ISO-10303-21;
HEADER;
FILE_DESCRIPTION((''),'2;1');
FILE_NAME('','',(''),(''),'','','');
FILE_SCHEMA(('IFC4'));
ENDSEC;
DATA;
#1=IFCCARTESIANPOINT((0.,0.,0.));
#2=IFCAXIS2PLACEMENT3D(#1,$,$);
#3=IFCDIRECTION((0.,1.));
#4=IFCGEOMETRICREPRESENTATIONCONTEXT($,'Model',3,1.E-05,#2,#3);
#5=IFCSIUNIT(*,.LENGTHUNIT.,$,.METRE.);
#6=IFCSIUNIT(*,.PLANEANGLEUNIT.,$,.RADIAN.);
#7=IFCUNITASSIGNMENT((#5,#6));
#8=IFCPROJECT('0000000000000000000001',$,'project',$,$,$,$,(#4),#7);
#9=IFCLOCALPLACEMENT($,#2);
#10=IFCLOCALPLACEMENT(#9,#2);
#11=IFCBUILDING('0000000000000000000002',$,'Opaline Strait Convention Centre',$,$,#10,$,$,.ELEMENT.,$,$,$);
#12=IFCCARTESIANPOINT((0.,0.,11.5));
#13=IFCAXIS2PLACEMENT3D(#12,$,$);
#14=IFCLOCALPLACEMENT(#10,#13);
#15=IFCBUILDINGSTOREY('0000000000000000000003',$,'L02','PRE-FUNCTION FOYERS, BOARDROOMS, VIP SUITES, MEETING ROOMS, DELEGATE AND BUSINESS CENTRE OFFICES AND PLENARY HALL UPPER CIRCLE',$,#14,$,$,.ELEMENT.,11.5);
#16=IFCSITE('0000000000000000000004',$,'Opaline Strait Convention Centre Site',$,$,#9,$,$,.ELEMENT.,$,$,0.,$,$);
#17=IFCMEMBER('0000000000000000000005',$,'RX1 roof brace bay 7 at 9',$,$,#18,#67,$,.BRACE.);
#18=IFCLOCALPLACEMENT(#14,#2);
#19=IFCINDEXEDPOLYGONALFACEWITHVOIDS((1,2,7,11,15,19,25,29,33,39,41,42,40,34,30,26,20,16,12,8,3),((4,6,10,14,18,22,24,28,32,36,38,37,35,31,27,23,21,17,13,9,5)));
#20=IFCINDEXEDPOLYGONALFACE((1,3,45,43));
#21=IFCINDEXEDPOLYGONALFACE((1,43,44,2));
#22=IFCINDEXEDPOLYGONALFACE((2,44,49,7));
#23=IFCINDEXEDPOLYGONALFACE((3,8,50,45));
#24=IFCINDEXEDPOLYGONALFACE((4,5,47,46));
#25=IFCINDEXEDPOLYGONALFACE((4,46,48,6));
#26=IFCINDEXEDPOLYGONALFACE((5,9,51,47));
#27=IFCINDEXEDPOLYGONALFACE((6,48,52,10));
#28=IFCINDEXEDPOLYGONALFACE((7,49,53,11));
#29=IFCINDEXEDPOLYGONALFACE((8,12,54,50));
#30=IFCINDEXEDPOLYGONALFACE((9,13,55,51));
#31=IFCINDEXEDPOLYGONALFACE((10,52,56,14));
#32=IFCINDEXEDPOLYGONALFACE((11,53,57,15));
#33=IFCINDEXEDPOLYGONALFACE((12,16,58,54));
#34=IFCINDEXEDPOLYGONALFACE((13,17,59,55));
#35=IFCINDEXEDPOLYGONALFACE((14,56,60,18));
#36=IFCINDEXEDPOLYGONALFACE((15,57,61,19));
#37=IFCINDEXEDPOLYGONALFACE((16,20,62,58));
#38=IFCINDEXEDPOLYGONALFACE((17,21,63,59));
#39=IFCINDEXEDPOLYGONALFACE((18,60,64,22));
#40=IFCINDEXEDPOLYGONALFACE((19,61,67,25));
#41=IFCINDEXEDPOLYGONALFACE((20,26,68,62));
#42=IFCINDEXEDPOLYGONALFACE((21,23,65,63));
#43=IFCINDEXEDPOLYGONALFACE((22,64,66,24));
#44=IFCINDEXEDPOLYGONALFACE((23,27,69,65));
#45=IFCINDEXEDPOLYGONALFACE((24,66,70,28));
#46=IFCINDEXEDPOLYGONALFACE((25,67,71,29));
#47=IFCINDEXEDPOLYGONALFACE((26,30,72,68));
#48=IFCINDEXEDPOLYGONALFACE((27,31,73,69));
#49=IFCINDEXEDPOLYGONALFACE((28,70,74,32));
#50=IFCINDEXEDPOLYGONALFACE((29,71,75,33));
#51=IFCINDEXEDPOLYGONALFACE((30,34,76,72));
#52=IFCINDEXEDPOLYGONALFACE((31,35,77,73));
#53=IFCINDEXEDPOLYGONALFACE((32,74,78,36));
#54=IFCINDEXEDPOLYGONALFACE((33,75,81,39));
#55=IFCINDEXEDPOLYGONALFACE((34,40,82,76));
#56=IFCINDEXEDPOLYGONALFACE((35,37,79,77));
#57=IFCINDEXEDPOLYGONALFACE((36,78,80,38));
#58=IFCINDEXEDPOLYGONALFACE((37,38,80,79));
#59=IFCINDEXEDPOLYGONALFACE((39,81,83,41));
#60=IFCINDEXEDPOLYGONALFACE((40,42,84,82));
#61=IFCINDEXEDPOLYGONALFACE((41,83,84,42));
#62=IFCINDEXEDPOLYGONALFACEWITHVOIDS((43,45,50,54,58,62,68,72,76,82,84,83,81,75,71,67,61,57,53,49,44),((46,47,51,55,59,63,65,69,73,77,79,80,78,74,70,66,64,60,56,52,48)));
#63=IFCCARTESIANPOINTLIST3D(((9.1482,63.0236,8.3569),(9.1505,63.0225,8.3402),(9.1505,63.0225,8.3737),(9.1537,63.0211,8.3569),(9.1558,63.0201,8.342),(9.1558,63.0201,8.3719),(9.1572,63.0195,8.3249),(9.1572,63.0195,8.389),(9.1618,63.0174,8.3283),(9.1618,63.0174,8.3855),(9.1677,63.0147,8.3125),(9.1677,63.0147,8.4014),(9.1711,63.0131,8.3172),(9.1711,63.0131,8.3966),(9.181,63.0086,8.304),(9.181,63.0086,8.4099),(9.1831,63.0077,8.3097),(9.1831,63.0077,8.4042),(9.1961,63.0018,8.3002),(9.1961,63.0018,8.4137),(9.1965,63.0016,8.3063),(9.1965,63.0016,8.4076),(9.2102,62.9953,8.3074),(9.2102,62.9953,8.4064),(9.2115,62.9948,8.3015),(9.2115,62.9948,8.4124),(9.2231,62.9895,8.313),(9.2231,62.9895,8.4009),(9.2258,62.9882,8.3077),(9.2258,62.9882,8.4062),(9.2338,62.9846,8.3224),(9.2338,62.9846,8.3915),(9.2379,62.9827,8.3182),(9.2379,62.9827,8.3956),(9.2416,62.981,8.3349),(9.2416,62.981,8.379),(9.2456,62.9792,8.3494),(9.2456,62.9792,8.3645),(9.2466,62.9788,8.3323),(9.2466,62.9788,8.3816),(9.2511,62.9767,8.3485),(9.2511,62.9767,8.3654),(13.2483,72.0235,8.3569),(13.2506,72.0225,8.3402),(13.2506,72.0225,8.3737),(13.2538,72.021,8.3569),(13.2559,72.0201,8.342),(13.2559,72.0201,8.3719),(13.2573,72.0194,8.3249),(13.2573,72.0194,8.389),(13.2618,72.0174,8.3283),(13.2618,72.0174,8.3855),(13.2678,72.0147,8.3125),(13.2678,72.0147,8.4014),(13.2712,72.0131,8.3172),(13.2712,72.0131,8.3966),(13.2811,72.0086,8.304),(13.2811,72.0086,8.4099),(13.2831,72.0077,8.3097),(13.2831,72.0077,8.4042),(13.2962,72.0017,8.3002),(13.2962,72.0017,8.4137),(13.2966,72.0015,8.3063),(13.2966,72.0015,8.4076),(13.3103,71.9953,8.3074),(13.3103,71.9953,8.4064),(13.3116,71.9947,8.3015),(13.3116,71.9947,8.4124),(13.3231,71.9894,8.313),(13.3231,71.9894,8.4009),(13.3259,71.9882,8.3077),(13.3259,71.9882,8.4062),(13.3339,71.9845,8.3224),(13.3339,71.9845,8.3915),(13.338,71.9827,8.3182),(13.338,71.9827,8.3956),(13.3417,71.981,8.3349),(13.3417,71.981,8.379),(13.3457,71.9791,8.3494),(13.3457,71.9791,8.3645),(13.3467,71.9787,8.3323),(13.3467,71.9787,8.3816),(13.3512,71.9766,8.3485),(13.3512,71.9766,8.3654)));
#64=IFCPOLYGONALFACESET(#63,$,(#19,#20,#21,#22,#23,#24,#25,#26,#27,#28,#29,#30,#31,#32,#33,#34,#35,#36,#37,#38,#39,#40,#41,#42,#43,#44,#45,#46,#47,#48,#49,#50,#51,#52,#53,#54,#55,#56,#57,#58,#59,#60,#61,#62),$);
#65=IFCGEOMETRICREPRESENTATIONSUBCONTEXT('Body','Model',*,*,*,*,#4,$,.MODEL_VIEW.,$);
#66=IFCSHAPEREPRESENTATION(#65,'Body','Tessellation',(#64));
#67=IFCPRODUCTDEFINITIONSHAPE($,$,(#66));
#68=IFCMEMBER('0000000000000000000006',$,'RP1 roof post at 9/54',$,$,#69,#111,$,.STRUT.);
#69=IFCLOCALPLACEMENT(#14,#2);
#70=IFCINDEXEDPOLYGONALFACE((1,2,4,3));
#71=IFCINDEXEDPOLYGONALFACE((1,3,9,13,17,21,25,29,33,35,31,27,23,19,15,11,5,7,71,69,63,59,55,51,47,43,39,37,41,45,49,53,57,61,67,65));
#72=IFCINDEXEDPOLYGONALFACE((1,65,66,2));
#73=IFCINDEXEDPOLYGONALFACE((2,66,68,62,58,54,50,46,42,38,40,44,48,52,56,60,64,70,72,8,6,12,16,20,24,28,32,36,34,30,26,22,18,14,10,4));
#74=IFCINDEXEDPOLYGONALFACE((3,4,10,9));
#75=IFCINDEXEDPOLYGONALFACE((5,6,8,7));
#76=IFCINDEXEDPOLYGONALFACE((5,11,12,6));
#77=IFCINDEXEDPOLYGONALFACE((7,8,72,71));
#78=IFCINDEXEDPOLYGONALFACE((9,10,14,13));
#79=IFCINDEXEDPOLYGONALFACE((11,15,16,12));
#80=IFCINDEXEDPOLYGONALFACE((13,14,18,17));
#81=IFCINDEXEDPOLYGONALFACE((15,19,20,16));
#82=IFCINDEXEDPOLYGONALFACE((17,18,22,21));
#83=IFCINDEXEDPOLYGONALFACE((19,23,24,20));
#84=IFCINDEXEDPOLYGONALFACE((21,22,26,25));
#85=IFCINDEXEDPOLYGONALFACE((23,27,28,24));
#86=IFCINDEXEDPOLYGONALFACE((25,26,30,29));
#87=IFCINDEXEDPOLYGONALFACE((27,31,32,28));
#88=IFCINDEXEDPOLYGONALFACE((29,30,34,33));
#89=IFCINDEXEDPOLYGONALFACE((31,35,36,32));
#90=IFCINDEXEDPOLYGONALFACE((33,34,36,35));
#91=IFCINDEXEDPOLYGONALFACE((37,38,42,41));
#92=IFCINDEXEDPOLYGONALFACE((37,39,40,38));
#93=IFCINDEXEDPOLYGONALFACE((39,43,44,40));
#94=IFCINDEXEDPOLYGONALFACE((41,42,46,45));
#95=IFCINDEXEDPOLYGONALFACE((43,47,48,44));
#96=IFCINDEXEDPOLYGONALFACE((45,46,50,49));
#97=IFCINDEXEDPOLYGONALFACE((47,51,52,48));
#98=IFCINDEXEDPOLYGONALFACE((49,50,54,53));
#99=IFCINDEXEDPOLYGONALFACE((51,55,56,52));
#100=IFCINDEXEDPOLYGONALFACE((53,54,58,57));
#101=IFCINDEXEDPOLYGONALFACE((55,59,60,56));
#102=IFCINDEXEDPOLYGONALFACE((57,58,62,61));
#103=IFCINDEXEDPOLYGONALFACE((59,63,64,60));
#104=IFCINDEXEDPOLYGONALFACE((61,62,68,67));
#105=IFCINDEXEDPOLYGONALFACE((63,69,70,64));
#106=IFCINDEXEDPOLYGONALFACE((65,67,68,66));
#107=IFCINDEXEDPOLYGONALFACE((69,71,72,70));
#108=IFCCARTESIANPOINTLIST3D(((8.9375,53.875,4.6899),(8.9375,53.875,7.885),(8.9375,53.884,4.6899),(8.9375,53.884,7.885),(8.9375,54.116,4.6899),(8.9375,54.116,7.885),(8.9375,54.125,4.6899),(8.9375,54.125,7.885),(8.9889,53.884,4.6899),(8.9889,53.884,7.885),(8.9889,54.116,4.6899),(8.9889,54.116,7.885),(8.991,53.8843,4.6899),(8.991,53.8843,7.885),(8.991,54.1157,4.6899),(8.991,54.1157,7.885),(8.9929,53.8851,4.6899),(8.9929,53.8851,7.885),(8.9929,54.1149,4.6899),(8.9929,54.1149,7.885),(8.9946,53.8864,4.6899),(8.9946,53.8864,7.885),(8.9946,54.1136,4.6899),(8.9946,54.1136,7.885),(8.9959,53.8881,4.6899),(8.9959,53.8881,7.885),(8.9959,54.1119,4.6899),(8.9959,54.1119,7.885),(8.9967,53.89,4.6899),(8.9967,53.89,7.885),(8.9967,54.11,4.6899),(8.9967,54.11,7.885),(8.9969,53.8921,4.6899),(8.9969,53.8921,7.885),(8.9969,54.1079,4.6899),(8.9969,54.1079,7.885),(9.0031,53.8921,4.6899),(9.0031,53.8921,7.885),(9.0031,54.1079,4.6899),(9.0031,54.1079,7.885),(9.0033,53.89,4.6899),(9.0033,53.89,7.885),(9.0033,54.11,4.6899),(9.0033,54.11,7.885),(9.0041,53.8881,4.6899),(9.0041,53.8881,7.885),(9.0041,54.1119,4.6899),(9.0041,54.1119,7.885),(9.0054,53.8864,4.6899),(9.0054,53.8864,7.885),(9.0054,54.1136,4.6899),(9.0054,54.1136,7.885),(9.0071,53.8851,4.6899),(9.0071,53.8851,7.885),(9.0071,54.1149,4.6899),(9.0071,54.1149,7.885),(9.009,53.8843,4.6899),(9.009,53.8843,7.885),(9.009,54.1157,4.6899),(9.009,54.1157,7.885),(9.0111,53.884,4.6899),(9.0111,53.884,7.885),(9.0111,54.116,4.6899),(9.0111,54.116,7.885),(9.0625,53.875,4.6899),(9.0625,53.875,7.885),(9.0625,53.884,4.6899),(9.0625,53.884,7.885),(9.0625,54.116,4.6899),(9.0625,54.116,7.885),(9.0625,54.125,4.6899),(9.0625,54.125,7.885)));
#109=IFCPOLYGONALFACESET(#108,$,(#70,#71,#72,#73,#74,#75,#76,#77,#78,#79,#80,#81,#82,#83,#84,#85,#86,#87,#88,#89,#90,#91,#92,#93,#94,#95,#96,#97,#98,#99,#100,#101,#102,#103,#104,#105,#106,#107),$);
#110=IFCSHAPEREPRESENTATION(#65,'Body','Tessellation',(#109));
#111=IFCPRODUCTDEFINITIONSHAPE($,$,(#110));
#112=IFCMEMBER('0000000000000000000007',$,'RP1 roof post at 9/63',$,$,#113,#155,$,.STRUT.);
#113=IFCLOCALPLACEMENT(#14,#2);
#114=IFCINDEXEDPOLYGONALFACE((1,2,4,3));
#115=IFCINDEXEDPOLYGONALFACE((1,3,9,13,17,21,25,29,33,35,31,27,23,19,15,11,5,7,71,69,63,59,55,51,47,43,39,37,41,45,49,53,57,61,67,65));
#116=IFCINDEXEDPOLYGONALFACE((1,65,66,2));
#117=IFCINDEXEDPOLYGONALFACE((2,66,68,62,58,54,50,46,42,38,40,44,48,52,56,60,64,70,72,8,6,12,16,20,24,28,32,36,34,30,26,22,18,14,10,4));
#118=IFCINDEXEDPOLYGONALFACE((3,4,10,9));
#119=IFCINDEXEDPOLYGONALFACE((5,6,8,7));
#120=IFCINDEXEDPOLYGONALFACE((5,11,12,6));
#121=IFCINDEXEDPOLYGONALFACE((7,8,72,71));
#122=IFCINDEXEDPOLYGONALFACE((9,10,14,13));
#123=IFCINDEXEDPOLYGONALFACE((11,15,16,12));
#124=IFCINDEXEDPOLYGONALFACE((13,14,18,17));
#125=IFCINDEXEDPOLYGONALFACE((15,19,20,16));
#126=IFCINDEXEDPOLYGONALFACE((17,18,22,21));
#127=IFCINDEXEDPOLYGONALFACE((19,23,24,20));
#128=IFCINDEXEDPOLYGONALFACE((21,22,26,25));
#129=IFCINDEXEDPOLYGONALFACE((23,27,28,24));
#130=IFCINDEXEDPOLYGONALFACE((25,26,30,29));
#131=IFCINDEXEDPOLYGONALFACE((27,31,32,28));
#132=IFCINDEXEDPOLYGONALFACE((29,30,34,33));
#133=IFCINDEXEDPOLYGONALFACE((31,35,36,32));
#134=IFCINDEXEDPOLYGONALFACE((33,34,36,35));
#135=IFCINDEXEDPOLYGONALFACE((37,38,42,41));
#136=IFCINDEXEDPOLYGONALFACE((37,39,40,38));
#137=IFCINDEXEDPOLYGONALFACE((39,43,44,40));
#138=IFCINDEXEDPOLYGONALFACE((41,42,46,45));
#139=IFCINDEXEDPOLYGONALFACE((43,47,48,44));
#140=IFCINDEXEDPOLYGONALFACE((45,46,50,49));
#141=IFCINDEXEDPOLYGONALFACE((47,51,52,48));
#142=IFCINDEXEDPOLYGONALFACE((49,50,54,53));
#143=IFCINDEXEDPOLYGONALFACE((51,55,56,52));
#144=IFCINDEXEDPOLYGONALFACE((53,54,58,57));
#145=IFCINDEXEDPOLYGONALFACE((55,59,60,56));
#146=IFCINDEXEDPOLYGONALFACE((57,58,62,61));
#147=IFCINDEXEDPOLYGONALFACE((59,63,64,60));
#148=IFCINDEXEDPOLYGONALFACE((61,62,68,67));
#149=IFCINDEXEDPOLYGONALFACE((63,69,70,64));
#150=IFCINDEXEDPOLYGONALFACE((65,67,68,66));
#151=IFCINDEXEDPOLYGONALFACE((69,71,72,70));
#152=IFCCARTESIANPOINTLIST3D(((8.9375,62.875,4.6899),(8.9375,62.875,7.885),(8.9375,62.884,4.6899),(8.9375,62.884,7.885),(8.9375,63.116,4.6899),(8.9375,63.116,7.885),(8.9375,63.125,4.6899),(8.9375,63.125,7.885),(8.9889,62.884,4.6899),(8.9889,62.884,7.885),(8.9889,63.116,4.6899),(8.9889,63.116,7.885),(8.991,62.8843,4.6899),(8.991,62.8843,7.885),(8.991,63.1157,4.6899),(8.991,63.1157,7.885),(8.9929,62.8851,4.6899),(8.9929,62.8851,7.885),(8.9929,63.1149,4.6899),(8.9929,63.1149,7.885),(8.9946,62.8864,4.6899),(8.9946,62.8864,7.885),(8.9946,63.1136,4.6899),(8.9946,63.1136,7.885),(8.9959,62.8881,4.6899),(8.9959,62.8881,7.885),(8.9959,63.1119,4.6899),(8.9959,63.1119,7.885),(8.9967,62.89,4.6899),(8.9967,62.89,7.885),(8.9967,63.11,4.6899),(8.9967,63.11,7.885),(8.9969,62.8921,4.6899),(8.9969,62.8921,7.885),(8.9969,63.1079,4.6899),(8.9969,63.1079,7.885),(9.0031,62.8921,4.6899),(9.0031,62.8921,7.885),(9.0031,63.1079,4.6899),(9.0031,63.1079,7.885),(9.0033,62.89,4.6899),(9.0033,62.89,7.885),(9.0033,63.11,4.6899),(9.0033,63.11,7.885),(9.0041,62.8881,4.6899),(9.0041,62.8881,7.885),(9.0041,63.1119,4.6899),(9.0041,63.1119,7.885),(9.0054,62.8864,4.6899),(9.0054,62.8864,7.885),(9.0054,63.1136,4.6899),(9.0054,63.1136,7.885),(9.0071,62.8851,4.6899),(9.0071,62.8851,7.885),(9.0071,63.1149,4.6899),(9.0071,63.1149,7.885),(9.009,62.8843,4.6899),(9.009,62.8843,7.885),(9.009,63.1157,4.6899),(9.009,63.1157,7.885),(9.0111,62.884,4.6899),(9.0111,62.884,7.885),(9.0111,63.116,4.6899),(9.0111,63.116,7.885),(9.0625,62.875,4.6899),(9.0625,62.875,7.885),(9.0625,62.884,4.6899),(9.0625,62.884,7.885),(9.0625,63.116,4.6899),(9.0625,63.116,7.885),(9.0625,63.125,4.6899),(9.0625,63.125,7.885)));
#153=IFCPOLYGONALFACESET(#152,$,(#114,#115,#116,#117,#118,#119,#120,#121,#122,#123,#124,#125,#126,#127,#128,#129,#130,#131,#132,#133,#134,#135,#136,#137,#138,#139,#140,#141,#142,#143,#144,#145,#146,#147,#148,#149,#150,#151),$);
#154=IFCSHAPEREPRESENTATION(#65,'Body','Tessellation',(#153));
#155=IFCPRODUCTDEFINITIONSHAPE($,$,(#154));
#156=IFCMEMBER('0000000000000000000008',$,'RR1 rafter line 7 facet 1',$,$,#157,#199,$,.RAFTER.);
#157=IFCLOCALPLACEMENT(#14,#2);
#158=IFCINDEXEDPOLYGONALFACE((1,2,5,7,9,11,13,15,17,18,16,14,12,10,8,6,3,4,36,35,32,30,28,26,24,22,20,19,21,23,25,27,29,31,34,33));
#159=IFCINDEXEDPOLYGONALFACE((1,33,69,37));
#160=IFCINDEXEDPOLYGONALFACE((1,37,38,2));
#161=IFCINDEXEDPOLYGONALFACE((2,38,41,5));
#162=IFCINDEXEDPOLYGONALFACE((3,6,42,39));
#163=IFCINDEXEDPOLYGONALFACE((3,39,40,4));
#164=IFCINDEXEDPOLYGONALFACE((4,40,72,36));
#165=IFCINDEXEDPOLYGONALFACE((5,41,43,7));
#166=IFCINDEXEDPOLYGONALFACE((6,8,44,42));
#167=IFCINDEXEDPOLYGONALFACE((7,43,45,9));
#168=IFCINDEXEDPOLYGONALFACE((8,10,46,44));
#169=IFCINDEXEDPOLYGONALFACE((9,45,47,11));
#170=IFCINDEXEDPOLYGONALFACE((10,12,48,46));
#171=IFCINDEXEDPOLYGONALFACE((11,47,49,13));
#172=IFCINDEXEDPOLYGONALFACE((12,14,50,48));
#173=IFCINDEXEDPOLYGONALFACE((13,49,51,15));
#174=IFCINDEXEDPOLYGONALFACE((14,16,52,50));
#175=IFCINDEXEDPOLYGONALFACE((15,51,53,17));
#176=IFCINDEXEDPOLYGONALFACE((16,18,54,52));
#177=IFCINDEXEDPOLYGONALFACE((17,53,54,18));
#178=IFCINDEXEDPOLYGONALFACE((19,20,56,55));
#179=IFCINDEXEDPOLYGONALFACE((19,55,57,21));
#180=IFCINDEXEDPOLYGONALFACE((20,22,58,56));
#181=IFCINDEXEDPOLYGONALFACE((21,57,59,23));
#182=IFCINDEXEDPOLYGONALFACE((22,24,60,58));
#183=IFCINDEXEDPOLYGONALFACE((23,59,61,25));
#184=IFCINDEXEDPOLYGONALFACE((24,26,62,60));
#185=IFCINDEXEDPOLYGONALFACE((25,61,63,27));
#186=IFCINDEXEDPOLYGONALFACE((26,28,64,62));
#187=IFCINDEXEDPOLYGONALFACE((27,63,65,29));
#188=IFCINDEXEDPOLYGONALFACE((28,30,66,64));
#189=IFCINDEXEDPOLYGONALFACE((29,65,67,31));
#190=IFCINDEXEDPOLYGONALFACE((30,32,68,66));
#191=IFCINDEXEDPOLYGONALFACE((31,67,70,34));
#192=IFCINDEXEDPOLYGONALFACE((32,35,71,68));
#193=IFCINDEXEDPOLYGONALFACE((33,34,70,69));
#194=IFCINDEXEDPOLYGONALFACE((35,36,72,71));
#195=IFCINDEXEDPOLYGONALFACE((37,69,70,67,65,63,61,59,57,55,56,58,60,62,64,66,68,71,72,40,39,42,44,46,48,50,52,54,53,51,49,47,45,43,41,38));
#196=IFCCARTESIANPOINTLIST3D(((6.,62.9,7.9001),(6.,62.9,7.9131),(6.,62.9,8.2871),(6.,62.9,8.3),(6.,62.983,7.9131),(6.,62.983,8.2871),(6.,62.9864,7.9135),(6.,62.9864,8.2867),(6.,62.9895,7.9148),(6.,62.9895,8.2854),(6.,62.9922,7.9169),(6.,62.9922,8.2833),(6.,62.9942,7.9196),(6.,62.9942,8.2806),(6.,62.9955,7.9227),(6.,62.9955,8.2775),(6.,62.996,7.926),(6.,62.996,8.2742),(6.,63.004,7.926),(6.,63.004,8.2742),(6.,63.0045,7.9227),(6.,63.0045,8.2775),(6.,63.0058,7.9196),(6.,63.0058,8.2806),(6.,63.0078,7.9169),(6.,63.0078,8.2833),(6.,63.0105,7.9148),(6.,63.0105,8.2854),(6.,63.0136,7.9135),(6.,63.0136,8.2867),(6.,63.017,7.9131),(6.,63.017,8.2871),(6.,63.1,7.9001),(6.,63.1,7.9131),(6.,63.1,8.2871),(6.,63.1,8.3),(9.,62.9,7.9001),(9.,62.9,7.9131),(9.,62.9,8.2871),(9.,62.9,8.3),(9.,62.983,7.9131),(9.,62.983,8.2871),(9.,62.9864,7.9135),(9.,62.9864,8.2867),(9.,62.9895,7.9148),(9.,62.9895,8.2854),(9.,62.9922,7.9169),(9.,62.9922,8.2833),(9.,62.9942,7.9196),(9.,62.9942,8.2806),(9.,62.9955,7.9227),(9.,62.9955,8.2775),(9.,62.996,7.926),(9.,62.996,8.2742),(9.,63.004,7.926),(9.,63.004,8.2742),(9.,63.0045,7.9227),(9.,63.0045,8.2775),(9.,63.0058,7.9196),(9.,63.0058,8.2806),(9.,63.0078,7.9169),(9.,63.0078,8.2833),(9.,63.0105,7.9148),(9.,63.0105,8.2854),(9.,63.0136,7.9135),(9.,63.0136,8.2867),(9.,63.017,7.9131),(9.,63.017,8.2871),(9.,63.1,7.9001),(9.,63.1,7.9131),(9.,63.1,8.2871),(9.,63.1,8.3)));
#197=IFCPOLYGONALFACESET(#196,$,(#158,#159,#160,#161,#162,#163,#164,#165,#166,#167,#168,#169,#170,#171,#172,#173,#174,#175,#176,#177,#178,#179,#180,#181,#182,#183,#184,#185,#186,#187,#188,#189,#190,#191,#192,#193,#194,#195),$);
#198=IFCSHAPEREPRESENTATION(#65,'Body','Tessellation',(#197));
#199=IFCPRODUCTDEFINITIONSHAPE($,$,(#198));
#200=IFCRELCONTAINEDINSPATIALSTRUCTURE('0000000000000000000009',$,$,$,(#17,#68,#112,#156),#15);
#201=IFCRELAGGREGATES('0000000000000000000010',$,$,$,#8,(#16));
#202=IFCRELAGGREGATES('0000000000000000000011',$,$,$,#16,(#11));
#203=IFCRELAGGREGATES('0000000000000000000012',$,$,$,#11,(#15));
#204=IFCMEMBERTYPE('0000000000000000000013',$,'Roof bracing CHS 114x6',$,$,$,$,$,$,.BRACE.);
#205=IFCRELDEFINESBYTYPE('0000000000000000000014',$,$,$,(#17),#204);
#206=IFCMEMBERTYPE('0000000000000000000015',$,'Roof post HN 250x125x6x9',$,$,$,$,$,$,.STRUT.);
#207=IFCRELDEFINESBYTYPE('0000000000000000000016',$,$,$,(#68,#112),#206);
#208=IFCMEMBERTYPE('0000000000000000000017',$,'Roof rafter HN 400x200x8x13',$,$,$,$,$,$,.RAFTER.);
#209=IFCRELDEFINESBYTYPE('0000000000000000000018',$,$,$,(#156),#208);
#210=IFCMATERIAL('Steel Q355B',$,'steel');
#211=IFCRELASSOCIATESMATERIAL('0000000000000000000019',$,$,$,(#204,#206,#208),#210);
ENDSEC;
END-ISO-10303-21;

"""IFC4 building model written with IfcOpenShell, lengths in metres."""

from ifc_helpers import new_model, si_unit, direction, frame, origin, origin_2d, place, context, subcontext, project, spatial, hollow_circle, i_section, extrude, material, material_profile, profile_set, type_object, element, save


model = new_model("IFC4")

# Units and contexts
model_context = context("Model", 3, precision=1e-05, world=origin(), true_north=direction((0.0, 1.0)))
body_context = subcontext(model_context, "Body", "Model", "MODEL_VIEW")
ifc_project = project(units=[si_unit("LENGTHUNIT", "METRE"), si_unit("PLANEANGLEUNIT", "RADIAN")], contexts=[model_context])

# Site, building, storey
site_placement = place(None, origin())
site = spatial("IfcSite", under=ifc_project, at=site_placement, Name="Opaline Strait Convention Centre Site", CompositionType="ELEMENT", RefElevation=0.0)
building_placement = place(site_placement, origin())
building = spatial("IfcBuilding", under=site, at=building_placement, Name="Opaline Strait Convention Centre", CompositionType="ELEMENT")
storey_placement = place(building_placement, frame((0.0, 0.0, 11.5)))
storey = spatial("IfcBuildingStorey", under=building, at=storey_placement, Name="L02", Description="PRE-FUNCTION FOYERS, BOARDROOMS, VIP SUITES, MEETING ROOMS, DELEGATE AND BUSINESS CENTRE OFFICES AND PLENARY HALL UPPER CIRCLE", CompositionType="ELEMENT", Elevation=11.5)

# Shared definitions
ifc_material_1 = material(Name="Steel Q355B", Category="steel")

# Members
ifc_material_profile_1 = material_profile(ifc_material_1, hollow_circle(Radius=0.0569, WallThickness=0.0061, at=origin_2d()), Name="CHS 114x6")
ifc_profile_set_1 = profile_set([ifc_material_profile_1], Name="Steel Q355B")
member_type_1 = type_object("IfcMemberType", Name="Roof bracing CHS 114x6", PredefinedType="BRACE", material=ifc_profile_set_1)
for number, where, z_axis, x_axis, name in (
    (1, (9.2, 63.0, 8.3569), (0.414573, 0.910016, 0.0), (-0.910016, 0.414573, 0.0), "RX1 roof brace bay 7 at 9"),
):
    element("IfcMember", number, at=place(storey_placement, frame(where, z_axis=z_axis, x_axis=x_axis)), inside=storey, type_object=member_type_1, Name=name, PredefinedType="BRACE", context=body_context, shape_type="SweptSolid", body=[
        extrude(hollow_circle(Radius=0.0569, WallThickness=0.0061, at=origin_2d()), origin(), (0.0, 0.0, 1.0), 9.8899),
    ])
ifc_material_profile_2 = material_profile(ifc_material_1, i_section(OverallWidth=0.125, OverallDepth=0.25, WebThickness=0.0061, FlangeThickness=0.009, FilletRadius=0.0081, at=origin_2d()), Name="HN 250x125x6x9")
ifc_profile_set_2 = profile_set([ifc_material_profile_2], Name="Steel Q355B")
member_type_2 = type_object("IfcMemberType", Name="Roof post HN 250x125x6x9", PredefinedType="STRUT", material=ifc_profile_set_2)
for number, where, z_axis, x_axis, name in (
    (2, (9.0, 54.0, 4.6899), (0.0, 0.0, 1.0), (1.0, 0.0, 0.0), "RP1 roof post at 9/54"),
    (3, (9.0, 63.0, 4.6899), (0.0, 0.0, 1.0), (1.0, 0.0, 0.0), "RP1 roof post at 9/63"),
):
    element("IfcMember", number, at=place(storey_placement, frame(where, z_axis=z_axis, x_axis=x_axis)), inside=storey, type_object=member_type_2, Name=name, PredefinedType="STRUT", context=body_context, shape_type="SweptSolid", body=[
        extrude(i_section(OverallWidth=0.125, OverallDepth=0.25, WebThickness=0.0061, FlangeThickness=0.009, FilletRadius=0.0081, at=origin_2d()), origin(), (0.0, 0.0, 1.0), 3.1951),
    ])
ifc_material_profile_3 = material_profile(ifc_material_1, i_section(OverallWidth=0.2, OverallDepth=0.3999, WebThickness=0.0081, FlangeThickness=0.0129, FilletRadius=0.0129, at=origin_2d()), Name="HN 400x200x8x13")
ifc_profile_set_3 = profile_set([ifc_material_profile_3], Name="Steel Q355B")
member_type_3 = type_object("IfcMemberType", Name="Roof rafter HN 400x200x8x13", PredefinedType="RAFTER", material=ifc_profile_set_3)
member_1_placement = place(storey_placement, frame((6.0, 63.0, 8.1001), z_axis=(1.0, 0.0, 0.0), x_axis=(0.0, 1.0, 0.0)))
element("IfcMember", 4, at=member_1_placement, inside=storey, type_object=member_type_3, Name="RR1 rafter line 7 facet 1", PredefinedType="RAFTER", context=body_context, shape_type="SweptSolid", body=[
    extrude(i_section(OverallWidth=0.2, OverallDepth=0.3999, WebThickness=0.0081, FlangeThickness=0.0129, FilletRadius=0.0129, at=origin_2d()), origin(), (0.0, 0.0, 1.0), 3.0),
])

save(model, "model.ifc")
